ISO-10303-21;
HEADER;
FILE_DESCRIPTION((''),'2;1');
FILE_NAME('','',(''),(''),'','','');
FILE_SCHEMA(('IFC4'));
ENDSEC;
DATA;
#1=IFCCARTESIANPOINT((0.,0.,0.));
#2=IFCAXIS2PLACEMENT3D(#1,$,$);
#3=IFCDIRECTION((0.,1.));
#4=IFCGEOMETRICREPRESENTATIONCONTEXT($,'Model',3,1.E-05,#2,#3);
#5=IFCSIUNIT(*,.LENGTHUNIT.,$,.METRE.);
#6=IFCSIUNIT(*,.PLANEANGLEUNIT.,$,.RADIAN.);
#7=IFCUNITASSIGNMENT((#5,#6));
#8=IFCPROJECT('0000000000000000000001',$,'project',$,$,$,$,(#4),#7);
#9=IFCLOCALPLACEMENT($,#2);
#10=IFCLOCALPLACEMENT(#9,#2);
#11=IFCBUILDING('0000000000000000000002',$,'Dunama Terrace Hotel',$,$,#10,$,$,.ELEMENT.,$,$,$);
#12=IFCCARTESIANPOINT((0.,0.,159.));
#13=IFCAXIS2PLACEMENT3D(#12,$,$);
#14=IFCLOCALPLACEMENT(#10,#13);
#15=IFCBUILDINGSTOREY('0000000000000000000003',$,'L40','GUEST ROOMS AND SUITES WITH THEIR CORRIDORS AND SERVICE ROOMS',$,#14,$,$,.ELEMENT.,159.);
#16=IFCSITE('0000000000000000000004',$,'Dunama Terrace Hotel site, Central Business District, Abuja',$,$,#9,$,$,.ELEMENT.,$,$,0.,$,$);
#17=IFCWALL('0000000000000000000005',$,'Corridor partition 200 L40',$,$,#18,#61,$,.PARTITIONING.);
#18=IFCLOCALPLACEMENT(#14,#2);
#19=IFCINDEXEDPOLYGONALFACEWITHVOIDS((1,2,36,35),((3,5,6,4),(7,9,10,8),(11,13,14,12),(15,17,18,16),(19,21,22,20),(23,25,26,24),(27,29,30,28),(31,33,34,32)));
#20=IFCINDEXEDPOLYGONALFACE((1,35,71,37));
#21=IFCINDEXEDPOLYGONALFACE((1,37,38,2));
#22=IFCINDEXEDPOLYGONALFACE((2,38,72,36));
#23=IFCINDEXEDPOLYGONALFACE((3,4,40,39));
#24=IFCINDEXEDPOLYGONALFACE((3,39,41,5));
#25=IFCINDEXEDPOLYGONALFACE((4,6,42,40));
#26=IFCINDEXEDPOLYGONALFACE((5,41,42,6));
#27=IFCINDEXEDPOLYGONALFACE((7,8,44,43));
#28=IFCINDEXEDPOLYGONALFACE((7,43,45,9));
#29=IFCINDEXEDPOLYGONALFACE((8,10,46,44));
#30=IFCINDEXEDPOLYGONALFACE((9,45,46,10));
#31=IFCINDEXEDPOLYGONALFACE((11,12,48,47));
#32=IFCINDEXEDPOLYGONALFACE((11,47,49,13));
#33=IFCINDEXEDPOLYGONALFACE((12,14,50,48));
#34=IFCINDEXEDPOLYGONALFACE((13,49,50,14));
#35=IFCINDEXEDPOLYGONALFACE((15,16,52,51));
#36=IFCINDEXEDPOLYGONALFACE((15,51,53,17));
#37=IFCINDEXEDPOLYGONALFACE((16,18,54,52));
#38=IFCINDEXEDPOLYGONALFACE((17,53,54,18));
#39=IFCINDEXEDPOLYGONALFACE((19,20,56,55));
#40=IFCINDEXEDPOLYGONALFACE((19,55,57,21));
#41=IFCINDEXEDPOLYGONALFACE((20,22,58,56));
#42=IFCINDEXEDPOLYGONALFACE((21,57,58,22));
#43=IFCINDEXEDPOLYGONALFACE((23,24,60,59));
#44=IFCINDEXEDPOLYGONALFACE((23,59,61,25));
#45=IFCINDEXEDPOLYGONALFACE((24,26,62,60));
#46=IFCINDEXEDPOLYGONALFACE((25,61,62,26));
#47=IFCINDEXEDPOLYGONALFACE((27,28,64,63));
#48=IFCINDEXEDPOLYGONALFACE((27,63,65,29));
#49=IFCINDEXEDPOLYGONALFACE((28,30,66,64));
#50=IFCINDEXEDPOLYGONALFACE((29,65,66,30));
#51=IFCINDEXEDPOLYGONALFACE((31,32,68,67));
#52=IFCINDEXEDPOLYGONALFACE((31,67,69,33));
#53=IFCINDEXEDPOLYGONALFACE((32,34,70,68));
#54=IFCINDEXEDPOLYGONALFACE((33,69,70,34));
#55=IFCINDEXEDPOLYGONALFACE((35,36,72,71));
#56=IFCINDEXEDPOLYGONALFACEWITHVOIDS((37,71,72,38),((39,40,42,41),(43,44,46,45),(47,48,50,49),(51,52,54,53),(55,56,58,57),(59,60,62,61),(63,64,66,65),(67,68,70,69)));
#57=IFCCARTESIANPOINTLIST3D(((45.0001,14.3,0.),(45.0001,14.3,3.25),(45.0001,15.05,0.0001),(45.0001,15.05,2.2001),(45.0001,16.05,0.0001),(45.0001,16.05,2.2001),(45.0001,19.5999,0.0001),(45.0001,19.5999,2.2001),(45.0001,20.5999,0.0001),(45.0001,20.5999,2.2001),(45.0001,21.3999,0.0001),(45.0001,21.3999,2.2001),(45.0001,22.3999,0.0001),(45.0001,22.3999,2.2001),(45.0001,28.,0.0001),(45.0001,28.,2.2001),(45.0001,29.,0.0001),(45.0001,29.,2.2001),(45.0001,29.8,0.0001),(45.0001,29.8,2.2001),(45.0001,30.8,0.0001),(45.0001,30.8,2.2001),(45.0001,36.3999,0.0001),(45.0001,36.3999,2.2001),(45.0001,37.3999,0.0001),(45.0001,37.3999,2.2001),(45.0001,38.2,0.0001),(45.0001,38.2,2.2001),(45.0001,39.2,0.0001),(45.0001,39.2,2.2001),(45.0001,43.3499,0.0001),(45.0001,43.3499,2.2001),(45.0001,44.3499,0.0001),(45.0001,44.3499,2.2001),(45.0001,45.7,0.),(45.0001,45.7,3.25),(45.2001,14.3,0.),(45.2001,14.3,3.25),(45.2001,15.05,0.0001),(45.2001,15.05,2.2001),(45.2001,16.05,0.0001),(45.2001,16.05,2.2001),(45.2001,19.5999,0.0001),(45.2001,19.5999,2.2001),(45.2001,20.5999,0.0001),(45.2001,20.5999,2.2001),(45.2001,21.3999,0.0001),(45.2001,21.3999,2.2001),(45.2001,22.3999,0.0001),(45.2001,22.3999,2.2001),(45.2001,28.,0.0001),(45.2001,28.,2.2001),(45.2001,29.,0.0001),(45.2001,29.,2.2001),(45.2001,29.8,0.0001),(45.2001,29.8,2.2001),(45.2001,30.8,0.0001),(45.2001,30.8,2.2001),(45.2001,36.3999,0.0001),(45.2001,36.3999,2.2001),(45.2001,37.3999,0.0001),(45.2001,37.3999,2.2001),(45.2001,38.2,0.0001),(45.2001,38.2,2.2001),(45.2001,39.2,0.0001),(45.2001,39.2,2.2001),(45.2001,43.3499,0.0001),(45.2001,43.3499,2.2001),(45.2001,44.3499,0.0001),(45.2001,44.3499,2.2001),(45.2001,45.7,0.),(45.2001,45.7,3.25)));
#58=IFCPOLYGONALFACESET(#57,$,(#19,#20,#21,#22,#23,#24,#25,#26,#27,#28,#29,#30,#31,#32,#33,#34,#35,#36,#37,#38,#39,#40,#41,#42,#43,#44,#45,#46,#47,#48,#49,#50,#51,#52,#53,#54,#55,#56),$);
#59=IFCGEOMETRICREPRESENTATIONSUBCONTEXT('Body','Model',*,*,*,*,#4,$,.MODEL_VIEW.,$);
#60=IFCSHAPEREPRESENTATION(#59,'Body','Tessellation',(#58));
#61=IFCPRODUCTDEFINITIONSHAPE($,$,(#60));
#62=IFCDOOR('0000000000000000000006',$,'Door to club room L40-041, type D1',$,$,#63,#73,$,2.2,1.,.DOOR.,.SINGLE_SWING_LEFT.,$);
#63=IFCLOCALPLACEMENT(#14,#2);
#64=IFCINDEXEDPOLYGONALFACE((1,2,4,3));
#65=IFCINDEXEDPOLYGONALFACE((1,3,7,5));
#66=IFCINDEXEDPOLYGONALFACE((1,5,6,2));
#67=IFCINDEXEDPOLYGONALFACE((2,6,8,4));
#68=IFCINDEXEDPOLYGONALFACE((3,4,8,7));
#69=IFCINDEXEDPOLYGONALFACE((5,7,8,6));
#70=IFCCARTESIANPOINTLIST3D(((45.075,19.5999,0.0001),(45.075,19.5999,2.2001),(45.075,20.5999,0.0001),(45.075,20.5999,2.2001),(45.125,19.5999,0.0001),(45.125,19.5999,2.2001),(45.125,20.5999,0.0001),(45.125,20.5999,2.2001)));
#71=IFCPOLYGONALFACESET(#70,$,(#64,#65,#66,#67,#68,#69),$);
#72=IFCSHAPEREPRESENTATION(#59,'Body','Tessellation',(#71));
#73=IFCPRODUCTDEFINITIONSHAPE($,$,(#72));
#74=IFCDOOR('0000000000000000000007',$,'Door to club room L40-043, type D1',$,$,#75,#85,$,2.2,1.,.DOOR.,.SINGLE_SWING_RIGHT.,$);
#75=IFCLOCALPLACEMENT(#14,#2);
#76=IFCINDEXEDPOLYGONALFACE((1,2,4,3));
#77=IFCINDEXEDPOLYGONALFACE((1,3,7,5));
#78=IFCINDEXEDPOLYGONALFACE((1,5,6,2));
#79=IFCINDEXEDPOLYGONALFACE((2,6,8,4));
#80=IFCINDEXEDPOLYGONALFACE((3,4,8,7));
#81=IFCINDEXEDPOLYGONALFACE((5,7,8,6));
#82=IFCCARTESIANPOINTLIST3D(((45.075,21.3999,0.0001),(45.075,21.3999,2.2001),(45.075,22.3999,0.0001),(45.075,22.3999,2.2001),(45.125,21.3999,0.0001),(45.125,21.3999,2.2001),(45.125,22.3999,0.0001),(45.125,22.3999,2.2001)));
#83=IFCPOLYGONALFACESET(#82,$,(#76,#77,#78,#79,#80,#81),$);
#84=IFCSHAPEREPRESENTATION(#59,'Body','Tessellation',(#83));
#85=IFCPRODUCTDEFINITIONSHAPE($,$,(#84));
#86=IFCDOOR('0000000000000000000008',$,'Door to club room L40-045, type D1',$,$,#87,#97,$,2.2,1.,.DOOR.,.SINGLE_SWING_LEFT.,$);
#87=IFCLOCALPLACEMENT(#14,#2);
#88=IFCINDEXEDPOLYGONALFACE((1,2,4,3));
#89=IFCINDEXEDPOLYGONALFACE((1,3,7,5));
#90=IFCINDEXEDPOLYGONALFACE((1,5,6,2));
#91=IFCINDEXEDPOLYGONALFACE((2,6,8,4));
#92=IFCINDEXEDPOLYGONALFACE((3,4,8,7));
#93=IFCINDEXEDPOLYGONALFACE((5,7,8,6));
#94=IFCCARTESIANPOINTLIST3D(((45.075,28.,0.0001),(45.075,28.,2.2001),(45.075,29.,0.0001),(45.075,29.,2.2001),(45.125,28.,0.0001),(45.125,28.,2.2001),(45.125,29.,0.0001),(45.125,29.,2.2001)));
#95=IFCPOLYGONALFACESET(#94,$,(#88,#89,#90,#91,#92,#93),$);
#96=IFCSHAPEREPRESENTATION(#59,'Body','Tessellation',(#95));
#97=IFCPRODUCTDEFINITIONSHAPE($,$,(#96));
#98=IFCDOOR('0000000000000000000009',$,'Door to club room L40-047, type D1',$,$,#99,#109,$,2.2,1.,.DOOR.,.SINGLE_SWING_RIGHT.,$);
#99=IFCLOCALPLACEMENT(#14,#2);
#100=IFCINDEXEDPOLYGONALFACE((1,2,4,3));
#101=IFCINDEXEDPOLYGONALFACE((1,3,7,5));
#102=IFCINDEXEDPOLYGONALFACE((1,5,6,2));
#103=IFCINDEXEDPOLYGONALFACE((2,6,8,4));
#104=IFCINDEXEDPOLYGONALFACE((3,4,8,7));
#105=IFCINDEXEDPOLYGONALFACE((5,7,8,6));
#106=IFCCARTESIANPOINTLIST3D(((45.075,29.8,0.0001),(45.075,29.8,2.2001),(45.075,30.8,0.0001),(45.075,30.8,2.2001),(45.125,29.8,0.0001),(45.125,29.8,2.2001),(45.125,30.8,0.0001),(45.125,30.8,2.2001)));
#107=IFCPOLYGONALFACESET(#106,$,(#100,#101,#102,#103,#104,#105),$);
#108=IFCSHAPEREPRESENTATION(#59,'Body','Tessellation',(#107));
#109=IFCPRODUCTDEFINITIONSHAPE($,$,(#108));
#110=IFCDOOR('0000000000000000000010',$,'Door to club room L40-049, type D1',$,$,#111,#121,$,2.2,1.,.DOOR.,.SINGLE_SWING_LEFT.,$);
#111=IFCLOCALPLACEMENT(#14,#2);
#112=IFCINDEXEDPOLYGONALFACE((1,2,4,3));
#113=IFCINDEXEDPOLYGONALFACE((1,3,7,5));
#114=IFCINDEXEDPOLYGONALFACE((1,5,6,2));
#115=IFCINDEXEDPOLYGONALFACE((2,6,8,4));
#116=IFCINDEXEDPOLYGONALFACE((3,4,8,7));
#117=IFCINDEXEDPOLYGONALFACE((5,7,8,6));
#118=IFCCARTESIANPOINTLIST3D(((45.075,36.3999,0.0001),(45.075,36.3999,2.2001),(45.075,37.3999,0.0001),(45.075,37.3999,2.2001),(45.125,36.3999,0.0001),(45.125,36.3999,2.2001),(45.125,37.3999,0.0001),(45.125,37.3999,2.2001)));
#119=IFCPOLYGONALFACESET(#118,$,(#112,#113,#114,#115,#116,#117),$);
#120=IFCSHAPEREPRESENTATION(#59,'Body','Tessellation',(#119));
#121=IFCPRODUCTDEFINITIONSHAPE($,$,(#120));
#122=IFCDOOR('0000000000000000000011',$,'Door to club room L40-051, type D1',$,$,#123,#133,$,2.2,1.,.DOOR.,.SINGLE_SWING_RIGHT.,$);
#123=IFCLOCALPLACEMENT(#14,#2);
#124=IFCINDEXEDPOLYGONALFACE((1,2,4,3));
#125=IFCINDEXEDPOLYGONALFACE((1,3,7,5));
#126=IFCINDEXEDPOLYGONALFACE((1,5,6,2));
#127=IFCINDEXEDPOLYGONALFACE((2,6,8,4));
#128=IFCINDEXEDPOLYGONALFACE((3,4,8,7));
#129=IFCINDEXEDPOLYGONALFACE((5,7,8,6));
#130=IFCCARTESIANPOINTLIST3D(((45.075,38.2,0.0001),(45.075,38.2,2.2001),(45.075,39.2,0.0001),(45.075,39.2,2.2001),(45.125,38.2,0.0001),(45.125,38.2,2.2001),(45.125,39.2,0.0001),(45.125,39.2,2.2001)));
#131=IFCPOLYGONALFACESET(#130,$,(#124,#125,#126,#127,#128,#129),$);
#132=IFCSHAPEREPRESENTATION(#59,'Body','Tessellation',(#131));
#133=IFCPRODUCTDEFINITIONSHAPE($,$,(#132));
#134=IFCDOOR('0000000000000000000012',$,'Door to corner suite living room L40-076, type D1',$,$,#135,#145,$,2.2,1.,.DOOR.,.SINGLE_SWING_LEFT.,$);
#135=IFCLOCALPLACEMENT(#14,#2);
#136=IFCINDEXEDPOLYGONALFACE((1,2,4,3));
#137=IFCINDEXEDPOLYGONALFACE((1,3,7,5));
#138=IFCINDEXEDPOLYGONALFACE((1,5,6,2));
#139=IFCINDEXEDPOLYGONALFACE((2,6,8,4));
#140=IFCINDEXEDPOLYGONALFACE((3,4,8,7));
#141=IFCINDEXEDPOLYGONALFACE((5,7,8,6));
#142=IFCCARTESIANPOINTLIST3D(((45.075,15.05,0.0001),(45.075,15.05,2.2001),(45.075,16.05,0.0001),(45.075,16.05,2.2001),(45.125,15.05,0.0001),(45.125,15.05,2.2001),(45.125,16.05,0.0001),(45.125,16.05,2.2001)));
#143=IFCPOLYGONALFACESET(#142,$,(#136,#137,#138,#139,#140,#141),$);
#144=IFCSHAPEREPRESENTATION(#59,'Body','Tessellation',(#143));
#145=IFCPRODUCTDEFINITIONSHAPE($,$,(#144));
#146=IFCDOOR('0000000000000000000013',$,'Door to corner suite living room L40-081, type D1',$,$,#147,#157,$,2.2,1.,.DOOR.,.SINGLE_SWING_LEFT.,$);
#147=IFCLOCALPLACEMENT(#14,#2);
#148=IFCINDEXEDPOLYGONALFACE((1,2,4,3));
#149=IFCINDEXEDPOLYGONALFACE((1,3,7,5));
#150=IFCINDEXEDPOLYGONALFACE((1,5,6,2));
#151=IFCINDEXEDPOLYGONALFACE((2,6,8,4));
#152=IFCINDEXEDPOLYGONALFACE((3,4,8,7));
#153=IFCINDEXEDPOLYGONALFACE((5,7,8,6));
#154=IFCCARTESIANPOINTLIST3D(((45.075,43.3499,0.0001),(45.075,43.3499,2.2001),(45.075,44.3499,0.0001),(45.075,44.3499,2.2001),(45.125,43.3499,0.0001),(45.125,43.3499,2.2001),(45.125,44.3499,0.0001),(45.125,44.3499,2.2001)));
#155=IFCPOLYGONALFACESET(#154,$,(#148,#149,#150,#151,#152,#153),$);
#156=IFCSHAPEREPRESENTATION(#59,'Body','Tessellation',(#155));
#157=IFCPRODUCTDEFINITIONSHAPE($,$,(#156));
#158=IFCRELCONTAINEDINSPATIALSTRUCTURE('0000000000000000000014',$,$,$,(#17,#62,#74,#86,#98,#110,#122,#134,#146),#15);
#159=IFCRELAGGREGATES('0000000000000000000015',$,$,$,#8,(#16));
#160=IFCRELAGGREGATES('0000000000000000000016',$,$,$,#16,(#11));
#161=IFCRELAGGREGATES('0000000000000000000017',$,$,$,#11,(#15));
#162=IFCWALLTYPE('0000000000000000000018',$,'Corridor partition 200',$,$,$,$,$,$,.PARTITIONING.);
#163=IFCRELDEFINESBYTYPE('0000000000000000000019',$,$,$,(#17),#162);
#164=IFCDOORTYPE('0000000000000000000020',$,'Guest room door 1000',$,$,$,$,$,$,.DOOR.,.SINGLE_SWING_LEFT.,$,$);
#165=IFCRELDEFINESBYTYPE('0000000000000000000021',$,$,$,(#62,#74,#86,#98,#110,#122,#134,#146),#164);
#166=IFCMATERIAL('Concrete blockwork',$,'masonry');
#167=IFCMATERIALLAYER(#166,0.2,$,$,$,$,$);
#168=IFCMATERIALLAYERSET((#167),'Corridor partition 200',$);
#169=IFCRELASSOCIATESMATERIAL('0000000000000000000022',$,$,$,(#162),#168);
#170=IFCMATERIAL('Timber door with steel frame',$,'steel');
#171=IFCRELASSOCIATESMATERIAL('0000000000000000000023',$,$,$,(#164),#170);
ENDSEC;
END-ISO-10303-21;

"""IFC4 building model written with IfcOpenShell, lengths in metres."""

from ifc_helpers import new_model, si_unit, direction, frame, frame_2d, origin, place, context, subcontext, project, spatial, rectangle, extrude, material, layer, layer_set, type_object, element, fill, save


model = new_model("IFC4")

# Units and contexts
model_context = context("Model", 3, precision=1e-05, world=origin(), true_north=direction((0.0, 1.0)))
body_context = subcontext(model_context, "Body", "Model", "MODEL_VIEW")
ifc_project = project(units=[si_unit("LENGTHUNIT", "METRE"), si_unit("PLANEANGLEUNIT", "RADIAN")], contexts=[model_context])

# Site, building, storey
site_placement = place(None, origin())
site = spatial("IfcSite", under=ifc_project, at=site_placement, Name="Dunama Terrace Hotel site, Central Business District, Abuja", CompositionType="ELEMENT", RefElevation=0.0)
building_placement = place(site_placement, origin())
building = spatial("IfcBuilding", under=site, at=building_placement, Name="Dunama Terrace Hotel", CompositionType="ELEMENT")
storey_placement = place(building_placement, frame((0.0, 0.0, 159.0)))
storey = spatial("IfcBuildingStorey", under=building, at=storey_placement, Name="L40", Description="GUEST ROOMS AND SUITES WITH THEIR CORRIDORS AND SERVICE ROOMS", CompositionType="ELEMENT", Elevation=159.0)

# Wall, openings, doors
ifc_material_1 = material(Name="Concrete blockwork", Category="masonry")
ifc_layer_1 = layer(ifc_material_1, 0.2)
ifc_layer_set_1 = layer_set([ifc_layer_1], Name="Corridor partition 200")
wall_type_1 = type_object("IfcWallType", Name="Corridor partition 200", PredefinedType="PARTITIONING", material=ifc_layer_set_1)
wall_1_placement = place(storey_placement, frame((45.1001, 45.7, 0.0), z_axis=(0.0, 0.0, 1.0), x_axis=(0.0, -1.0, 0.0)))
wall_1 = element("IfcWall", 1, at=wall_1_placement, inside=storey, type_object=wall_type_1, Name="Corridor partition 200 L40", PredefinedType="PARTITIONING", context=body_context, shape_type="SweptSolid", body=[
    extrude(rectangle(XDim=31.3999, YDim=0.2, at=frame_2d((15.7, 0.0))), origin(), (0.0, 0.0, 1.0), 3.25),
])
opening_1_placement = place(wall_1_placement, frame((25.1001, 0.0, 0.0)))
opening_1 = element("IfcOpeningElement", 2, at=opening_1_placement, cuts=wall_1, PredefinedType="OPENING", context=body_context, shape_type="SweptSolid", body=[
    extrude(rectangle(XDim=1.0, YDim=2.2, at=frame_2d((0.5, 1.1001))), frame((0.0, 0.1099, 0.0), z_axis=(0.0, -1.0, 0.0), x_axis=(1.0, 0.0, 0.0)), (0.0, 0.0, 1.0), 0.22),
])
opening_2_placement = place(wall_1_placement, frame((23.3, 0.0, 0.0)))
opening_2 = element("IfcOpeningElement", 3, at=opening_2_placement, cuts=wall_1, PredefinedType="OPENING", context=body_context, shape_type="SweptSolid", body=[
    extrude(rectangle(XDim=1.0, YDim=2.2, at=frame_2d((0.5, 1.1001))), frame((0.0, 0.1099, 0.0), z_axis=(0.0, -1.0, 0.0), x_axis=(1.0, 0.0, 0.0)), (0.0, 0.0, 1.0), 0.22),
])
opening_3_placement = place(wall_1_placement, frame((16.7, 0.0, 0.0)))
opening_3 = element("IfcOpeningElement", 4, at=opening_3_placement, cuts=wall_1, PredefinedType="OPENING", context=body_context, shape_type="SweptSolid", body=[
    extrude(rectangle(XDim=1.0, YDim=2.2, at=frame_2d((0.5, 1.1001))), frame((0.0, 0.1099, 0.0), z_axis=(0.0, -1.0, 0.0), x_axis=(1.0, 0.0, 0.0)), (0.0, 0.0, 1.0), 0.22),
])
opening_4_placement = place(wall_1_placement, frame((14.8999, 0.0, 0.0)))
opening_4 = element("IfcOpeningElement", 5, at=opening_4_placement, cuts=wall_1, PredefinedType="OPENING", context=body_context, shape_type="SweptSolid", body=[
    extrude(rectangle(XDim=1.0, YDim=2.2, at=frame_2d((0.5, 1.1001))), frame((0.0, 0.1099, 0.0), z_axis=(0.0, -1.0, 0.0), x_axis=(1.0, 0.0, 0.0)), (0.0, 0.0, 1.0), 0.22),
])
opening_5_placement = place(wall_1_placement, frame((8.3, 0.0, 0.0)))
opening_5 = element("IfcOpeningElement", 6, at=opening_5_placement, cuts=wall_1, PredefinedType="OPENING", context=body_context, shape_type="SweptSolid", body=[
    extrude(rectangle(XDim=1.0, YDim=2.2, at=frame_2d((0.5, 1.1001))), frame((0.0, 0.1099, 0.0), z_axis=(0.0, -1.0, 0.0), x_axis=(1.0, 0.0, 0.0)), (0.0, 0.0, 1.0), 0.22),
])
opening_6_placement = place(wall_1_placement, frame((6.5, 0.0, 0.0)))
opening_6 = element("IfcOpeningElement", 7, at=opening_6_placement, cuts=wall_1, PredefinedType="OPENING", context=body_context, shape_type="SweptSolid", body=[
    extrude(rectangle(XDim=1.0, YDim=2.2, at=frame_2d((0.5, 1.1001))), frame((0.0, 0.1099, 0.0), z_axis=(0.0, -1.0, 0.0), x_axis=(1.0, 0.0, 0.0)), (0.0, 0.0, 1.0), 0.22),
])
opening_7_placement = place(wall_1_placement, frame((29.6499, 0.0, 0.0)))
opening_7 = element("IfcOpeningElement", 8, at=opening_7_placement, cuts=wall_1, PredefinedType="OPENING", context=body_context, shape_type="SweptSolid", body=[
    extrude(rectangle(XDim=1.0, YDim=2.2, at=frame_2d((0.5, 1.1001))), frame((0.0, 0.1099, 0.0), z_axis=(0.0, -1.0, 0.0), x_axis=(1.0, 0.0, 0.0)), (0.0, 0.0, 1.0), 0.22),
])
opening_8_placement = place(wall_1_placement, frame((1.3501, 0.0, 0.0)))
opening_8 = element("IfcOpeningElement", 9, at=opening_8_placement, cuts=wall_1, PredefinedType="OPENING", context=body_context, shape_type="SweptSolid", body=[
    extrude(rectangle(XDim=1.0, YDim=2.2, at=frame_2d((0.5, 1.1001))), frame((0.0, 0.1099, 0.0), z_axis=(0.0, -1.0, 0.0), x_axis=(1.0, 0.0, 0.0)), (0.0, 0.0, 1.0), 0.22),
])
ifc_material_2 = material(Name="Timber door with steel frame", Category="steel")
door_type_1 = type_object("IfcDoorType", Name="Guest room door 1000", OperationType="SINGLE_SWING_LEFT", PredefinedType="DOOR", material=ifc_material_2)
door_1_placement = place(opening_1_placement, origin())
door_1 = element("IfcDoor", 10, at=door_1_placement, inside=storey, type_object=door_type_1, Name="Door to club room L40-041, type D1", OperationType="SINGLE_SWING_LEFT", OverallHeight=2.2, OverallWidth=1.0, PredefinedType="DOOR", context=body_context, shape_type="SweptSolid", body=[
    extrude(rectangle(XDim=1.0, YDim=2.2, at=frame_2d((0.5, 1.1001))), frame((0.0, 0.0249, 0.0), z_axis=(0.0, -1.0, 0.0), x_axis=(1.0, 0.0, 0.0)), (0.0, 0.0, 1.0), 0.05),
])
fill(opening_1, door_1)
door_2_placement = place(opening_2_placement, origin())
door_2 = element("IfcDoor", 11, at=door_2_placement, inside=storey, type_object=door_type_1, Name="Door to club room L40-043, type D1", OperationType="SINGLE_SWING_RIGHT", OverallHeight=2.2, OverallWidth=1.0, PredefinedType="DOOR", context=body_context, shape_type="SweptSolid", body=[
    extrude(rectangle(XDim=1.0, YDim=2.2, at=frame_2d((0.5, 1.1001))), frame((0.0, 0.0249, 0.0), z_axis=(0.0, -1.0, 0.0), x_axis=(1.0, 0.0, 0.0)), (0.0, 0.0, 1.0), 0.05),
])
fill(opening_2, door_2)
door_3_placement = place(opening_3_placement, origin())
door_3 = element("IfcDoor", 12, at=door_3_placement, inside=storey, type_object=door_type_1, Name="Door to club room L40-045, type D1", OperationType="SINGLE_SWING_LEFT", OverallHeight=2.2, OverallWidth=1.0, PredefinedType="DOOR", context=body_context, shape_type="SweptSolid", body=[
    extrude(rectangle(XDim=1.0, YDim=2.2, at=frame_2d((0.5, 1.1001))), frame((0.0, 0.0249, 0.0), z_axis=(0.0, -1.0, 0.0), x_axis=(1.0, 0.0, 0.0)), (0.0, 0.0, 1.0), 0.05),
])
fill(opening_3, door_3)
door_4_placement = place(opening_4_placement, origin())
door_4 = element("IfcDoor", 13, at=door_4_placement, inside=storey, type_object=door_type_1, Name="Door to club room L40-047, type D1", OperationType="SINGLE_SWING_RIGHT", OverallHeight=2.2, OverallWidth=1.0, PredefinedType="DOOR", context=body_context, shape_type="SweptSolid", body=[
    extrude(rectangle(XDim=1.0, YDim=2.2, at=frame_2d((0.5, 1.1001))), frame((0.0, 0.0249, 0.0), z_axis=(0.0, -1.0, 0.0), x_axis=(1.0, 0.0, 0.0)), (0.0, 0.0, 1.0), 0.05),
])
fill(opening_4, door_4)
door_5_placement = place(opening_5_placement, origin())
door_5 = element("IfcDoor", 14, at=door_5_placement, inside=storey, type_object=door_type_1, Name="Door to club room L40-049, type D1", OperationType="SINGLE_SWING_LEFT", OverallHeight=2.2, OverallWidth=1.0, PredefinedType="DOOR", context=body_context, shape_type="SweptSolid", body=[
    extrude(rectangle(XDim=1.0, YDim=2.2, at=frame_2d((0.5, 1.1001))), frame((0.0, 0.0249, 0.0), z_axis=(0.0, -1.0, 0.0), x_axis=(1.0, 0.0, 0.0)), (0.0, 0.0, 1.0), 0.05),
])
fill(opening_5, door_5)
door_6_placement = place(opening_6_placement, origin())
door_6 = element("IfcDoor", 15, at=door_6_placement, inside=storey, type_object=door_type_1, Name="Door to club room L40-051, type D1", OperationType="SINGLE_SWING_RIGHT", OverallHeight=2.2, OverallWidth=1.0, PredefinedType="DOOR", context=body_context, shape_type="SweptSolid", body=[
    extrude(rectangle(XDim=1.0, YDim=2.2, at=frame_2d((0.5, 1.1001))), frame((0.0, 0.0249, 0.0), z_axis=(0.0, -1.0, 0.0), x_axis=(1.0, 0.0, 0.0)), (0.0, 0.0, 1.0), 0.05),
])
fill(opening_6, door_6)
door_7_placement = place(opening_7_placement, origin())
door_7 = element("IfcDoor", 16, at=door_7_placement, inside=storey, type_object=door_type_1, Name="Door to corner suite living room L40-076, type D1", OperationType="SINGLE_SWING_LEFT", OverallHeight=2.2, OverallWidth=1.0, PredefinedType="DOOR", context=body_context, shape_type="SweptSolid", body=[
    extrude(rectangle(XDim=1.0, YDim=2.2, at=frame_2d((0.5, 1.1001))), frame((0.0, 0.0249, 0.0), z_axis=(0.0, -1.0, 0.0), x_axis=(1.0, 0.0, 0.0)), (0.0, 0.0, 1.0), 0.05),
])
fill(opening_7, door_7)
door_8_placement = place(opening_8_placement, origin())
door_8 = element("IfcDoor", 17, at=door_8_placement, inside=storey, type_object=door_type_1, Name="Door to corner suite living room L40-081, type D1", OperationType="SINGLE_SWING_LEFT", OverallHeight=2.2, OverallWidth=1.0, PredefinedType="DOOR", context=body_context, shape_type="SweptSolid", body=[
    extrude(rectangle(XDim=1.0, YDim=2.2, at=frame_2d((0.5, 1.1001))), frame((0.0, 0.0249, 0.0), z_axis=(0.0, -1.0, 0.0), x_axis=(1.0, 0.0, 0.0)), (0.0, 0.0, 1.0), 0.05),
])
fill(opening_8, door_8)

save(model, "model.ifc")
